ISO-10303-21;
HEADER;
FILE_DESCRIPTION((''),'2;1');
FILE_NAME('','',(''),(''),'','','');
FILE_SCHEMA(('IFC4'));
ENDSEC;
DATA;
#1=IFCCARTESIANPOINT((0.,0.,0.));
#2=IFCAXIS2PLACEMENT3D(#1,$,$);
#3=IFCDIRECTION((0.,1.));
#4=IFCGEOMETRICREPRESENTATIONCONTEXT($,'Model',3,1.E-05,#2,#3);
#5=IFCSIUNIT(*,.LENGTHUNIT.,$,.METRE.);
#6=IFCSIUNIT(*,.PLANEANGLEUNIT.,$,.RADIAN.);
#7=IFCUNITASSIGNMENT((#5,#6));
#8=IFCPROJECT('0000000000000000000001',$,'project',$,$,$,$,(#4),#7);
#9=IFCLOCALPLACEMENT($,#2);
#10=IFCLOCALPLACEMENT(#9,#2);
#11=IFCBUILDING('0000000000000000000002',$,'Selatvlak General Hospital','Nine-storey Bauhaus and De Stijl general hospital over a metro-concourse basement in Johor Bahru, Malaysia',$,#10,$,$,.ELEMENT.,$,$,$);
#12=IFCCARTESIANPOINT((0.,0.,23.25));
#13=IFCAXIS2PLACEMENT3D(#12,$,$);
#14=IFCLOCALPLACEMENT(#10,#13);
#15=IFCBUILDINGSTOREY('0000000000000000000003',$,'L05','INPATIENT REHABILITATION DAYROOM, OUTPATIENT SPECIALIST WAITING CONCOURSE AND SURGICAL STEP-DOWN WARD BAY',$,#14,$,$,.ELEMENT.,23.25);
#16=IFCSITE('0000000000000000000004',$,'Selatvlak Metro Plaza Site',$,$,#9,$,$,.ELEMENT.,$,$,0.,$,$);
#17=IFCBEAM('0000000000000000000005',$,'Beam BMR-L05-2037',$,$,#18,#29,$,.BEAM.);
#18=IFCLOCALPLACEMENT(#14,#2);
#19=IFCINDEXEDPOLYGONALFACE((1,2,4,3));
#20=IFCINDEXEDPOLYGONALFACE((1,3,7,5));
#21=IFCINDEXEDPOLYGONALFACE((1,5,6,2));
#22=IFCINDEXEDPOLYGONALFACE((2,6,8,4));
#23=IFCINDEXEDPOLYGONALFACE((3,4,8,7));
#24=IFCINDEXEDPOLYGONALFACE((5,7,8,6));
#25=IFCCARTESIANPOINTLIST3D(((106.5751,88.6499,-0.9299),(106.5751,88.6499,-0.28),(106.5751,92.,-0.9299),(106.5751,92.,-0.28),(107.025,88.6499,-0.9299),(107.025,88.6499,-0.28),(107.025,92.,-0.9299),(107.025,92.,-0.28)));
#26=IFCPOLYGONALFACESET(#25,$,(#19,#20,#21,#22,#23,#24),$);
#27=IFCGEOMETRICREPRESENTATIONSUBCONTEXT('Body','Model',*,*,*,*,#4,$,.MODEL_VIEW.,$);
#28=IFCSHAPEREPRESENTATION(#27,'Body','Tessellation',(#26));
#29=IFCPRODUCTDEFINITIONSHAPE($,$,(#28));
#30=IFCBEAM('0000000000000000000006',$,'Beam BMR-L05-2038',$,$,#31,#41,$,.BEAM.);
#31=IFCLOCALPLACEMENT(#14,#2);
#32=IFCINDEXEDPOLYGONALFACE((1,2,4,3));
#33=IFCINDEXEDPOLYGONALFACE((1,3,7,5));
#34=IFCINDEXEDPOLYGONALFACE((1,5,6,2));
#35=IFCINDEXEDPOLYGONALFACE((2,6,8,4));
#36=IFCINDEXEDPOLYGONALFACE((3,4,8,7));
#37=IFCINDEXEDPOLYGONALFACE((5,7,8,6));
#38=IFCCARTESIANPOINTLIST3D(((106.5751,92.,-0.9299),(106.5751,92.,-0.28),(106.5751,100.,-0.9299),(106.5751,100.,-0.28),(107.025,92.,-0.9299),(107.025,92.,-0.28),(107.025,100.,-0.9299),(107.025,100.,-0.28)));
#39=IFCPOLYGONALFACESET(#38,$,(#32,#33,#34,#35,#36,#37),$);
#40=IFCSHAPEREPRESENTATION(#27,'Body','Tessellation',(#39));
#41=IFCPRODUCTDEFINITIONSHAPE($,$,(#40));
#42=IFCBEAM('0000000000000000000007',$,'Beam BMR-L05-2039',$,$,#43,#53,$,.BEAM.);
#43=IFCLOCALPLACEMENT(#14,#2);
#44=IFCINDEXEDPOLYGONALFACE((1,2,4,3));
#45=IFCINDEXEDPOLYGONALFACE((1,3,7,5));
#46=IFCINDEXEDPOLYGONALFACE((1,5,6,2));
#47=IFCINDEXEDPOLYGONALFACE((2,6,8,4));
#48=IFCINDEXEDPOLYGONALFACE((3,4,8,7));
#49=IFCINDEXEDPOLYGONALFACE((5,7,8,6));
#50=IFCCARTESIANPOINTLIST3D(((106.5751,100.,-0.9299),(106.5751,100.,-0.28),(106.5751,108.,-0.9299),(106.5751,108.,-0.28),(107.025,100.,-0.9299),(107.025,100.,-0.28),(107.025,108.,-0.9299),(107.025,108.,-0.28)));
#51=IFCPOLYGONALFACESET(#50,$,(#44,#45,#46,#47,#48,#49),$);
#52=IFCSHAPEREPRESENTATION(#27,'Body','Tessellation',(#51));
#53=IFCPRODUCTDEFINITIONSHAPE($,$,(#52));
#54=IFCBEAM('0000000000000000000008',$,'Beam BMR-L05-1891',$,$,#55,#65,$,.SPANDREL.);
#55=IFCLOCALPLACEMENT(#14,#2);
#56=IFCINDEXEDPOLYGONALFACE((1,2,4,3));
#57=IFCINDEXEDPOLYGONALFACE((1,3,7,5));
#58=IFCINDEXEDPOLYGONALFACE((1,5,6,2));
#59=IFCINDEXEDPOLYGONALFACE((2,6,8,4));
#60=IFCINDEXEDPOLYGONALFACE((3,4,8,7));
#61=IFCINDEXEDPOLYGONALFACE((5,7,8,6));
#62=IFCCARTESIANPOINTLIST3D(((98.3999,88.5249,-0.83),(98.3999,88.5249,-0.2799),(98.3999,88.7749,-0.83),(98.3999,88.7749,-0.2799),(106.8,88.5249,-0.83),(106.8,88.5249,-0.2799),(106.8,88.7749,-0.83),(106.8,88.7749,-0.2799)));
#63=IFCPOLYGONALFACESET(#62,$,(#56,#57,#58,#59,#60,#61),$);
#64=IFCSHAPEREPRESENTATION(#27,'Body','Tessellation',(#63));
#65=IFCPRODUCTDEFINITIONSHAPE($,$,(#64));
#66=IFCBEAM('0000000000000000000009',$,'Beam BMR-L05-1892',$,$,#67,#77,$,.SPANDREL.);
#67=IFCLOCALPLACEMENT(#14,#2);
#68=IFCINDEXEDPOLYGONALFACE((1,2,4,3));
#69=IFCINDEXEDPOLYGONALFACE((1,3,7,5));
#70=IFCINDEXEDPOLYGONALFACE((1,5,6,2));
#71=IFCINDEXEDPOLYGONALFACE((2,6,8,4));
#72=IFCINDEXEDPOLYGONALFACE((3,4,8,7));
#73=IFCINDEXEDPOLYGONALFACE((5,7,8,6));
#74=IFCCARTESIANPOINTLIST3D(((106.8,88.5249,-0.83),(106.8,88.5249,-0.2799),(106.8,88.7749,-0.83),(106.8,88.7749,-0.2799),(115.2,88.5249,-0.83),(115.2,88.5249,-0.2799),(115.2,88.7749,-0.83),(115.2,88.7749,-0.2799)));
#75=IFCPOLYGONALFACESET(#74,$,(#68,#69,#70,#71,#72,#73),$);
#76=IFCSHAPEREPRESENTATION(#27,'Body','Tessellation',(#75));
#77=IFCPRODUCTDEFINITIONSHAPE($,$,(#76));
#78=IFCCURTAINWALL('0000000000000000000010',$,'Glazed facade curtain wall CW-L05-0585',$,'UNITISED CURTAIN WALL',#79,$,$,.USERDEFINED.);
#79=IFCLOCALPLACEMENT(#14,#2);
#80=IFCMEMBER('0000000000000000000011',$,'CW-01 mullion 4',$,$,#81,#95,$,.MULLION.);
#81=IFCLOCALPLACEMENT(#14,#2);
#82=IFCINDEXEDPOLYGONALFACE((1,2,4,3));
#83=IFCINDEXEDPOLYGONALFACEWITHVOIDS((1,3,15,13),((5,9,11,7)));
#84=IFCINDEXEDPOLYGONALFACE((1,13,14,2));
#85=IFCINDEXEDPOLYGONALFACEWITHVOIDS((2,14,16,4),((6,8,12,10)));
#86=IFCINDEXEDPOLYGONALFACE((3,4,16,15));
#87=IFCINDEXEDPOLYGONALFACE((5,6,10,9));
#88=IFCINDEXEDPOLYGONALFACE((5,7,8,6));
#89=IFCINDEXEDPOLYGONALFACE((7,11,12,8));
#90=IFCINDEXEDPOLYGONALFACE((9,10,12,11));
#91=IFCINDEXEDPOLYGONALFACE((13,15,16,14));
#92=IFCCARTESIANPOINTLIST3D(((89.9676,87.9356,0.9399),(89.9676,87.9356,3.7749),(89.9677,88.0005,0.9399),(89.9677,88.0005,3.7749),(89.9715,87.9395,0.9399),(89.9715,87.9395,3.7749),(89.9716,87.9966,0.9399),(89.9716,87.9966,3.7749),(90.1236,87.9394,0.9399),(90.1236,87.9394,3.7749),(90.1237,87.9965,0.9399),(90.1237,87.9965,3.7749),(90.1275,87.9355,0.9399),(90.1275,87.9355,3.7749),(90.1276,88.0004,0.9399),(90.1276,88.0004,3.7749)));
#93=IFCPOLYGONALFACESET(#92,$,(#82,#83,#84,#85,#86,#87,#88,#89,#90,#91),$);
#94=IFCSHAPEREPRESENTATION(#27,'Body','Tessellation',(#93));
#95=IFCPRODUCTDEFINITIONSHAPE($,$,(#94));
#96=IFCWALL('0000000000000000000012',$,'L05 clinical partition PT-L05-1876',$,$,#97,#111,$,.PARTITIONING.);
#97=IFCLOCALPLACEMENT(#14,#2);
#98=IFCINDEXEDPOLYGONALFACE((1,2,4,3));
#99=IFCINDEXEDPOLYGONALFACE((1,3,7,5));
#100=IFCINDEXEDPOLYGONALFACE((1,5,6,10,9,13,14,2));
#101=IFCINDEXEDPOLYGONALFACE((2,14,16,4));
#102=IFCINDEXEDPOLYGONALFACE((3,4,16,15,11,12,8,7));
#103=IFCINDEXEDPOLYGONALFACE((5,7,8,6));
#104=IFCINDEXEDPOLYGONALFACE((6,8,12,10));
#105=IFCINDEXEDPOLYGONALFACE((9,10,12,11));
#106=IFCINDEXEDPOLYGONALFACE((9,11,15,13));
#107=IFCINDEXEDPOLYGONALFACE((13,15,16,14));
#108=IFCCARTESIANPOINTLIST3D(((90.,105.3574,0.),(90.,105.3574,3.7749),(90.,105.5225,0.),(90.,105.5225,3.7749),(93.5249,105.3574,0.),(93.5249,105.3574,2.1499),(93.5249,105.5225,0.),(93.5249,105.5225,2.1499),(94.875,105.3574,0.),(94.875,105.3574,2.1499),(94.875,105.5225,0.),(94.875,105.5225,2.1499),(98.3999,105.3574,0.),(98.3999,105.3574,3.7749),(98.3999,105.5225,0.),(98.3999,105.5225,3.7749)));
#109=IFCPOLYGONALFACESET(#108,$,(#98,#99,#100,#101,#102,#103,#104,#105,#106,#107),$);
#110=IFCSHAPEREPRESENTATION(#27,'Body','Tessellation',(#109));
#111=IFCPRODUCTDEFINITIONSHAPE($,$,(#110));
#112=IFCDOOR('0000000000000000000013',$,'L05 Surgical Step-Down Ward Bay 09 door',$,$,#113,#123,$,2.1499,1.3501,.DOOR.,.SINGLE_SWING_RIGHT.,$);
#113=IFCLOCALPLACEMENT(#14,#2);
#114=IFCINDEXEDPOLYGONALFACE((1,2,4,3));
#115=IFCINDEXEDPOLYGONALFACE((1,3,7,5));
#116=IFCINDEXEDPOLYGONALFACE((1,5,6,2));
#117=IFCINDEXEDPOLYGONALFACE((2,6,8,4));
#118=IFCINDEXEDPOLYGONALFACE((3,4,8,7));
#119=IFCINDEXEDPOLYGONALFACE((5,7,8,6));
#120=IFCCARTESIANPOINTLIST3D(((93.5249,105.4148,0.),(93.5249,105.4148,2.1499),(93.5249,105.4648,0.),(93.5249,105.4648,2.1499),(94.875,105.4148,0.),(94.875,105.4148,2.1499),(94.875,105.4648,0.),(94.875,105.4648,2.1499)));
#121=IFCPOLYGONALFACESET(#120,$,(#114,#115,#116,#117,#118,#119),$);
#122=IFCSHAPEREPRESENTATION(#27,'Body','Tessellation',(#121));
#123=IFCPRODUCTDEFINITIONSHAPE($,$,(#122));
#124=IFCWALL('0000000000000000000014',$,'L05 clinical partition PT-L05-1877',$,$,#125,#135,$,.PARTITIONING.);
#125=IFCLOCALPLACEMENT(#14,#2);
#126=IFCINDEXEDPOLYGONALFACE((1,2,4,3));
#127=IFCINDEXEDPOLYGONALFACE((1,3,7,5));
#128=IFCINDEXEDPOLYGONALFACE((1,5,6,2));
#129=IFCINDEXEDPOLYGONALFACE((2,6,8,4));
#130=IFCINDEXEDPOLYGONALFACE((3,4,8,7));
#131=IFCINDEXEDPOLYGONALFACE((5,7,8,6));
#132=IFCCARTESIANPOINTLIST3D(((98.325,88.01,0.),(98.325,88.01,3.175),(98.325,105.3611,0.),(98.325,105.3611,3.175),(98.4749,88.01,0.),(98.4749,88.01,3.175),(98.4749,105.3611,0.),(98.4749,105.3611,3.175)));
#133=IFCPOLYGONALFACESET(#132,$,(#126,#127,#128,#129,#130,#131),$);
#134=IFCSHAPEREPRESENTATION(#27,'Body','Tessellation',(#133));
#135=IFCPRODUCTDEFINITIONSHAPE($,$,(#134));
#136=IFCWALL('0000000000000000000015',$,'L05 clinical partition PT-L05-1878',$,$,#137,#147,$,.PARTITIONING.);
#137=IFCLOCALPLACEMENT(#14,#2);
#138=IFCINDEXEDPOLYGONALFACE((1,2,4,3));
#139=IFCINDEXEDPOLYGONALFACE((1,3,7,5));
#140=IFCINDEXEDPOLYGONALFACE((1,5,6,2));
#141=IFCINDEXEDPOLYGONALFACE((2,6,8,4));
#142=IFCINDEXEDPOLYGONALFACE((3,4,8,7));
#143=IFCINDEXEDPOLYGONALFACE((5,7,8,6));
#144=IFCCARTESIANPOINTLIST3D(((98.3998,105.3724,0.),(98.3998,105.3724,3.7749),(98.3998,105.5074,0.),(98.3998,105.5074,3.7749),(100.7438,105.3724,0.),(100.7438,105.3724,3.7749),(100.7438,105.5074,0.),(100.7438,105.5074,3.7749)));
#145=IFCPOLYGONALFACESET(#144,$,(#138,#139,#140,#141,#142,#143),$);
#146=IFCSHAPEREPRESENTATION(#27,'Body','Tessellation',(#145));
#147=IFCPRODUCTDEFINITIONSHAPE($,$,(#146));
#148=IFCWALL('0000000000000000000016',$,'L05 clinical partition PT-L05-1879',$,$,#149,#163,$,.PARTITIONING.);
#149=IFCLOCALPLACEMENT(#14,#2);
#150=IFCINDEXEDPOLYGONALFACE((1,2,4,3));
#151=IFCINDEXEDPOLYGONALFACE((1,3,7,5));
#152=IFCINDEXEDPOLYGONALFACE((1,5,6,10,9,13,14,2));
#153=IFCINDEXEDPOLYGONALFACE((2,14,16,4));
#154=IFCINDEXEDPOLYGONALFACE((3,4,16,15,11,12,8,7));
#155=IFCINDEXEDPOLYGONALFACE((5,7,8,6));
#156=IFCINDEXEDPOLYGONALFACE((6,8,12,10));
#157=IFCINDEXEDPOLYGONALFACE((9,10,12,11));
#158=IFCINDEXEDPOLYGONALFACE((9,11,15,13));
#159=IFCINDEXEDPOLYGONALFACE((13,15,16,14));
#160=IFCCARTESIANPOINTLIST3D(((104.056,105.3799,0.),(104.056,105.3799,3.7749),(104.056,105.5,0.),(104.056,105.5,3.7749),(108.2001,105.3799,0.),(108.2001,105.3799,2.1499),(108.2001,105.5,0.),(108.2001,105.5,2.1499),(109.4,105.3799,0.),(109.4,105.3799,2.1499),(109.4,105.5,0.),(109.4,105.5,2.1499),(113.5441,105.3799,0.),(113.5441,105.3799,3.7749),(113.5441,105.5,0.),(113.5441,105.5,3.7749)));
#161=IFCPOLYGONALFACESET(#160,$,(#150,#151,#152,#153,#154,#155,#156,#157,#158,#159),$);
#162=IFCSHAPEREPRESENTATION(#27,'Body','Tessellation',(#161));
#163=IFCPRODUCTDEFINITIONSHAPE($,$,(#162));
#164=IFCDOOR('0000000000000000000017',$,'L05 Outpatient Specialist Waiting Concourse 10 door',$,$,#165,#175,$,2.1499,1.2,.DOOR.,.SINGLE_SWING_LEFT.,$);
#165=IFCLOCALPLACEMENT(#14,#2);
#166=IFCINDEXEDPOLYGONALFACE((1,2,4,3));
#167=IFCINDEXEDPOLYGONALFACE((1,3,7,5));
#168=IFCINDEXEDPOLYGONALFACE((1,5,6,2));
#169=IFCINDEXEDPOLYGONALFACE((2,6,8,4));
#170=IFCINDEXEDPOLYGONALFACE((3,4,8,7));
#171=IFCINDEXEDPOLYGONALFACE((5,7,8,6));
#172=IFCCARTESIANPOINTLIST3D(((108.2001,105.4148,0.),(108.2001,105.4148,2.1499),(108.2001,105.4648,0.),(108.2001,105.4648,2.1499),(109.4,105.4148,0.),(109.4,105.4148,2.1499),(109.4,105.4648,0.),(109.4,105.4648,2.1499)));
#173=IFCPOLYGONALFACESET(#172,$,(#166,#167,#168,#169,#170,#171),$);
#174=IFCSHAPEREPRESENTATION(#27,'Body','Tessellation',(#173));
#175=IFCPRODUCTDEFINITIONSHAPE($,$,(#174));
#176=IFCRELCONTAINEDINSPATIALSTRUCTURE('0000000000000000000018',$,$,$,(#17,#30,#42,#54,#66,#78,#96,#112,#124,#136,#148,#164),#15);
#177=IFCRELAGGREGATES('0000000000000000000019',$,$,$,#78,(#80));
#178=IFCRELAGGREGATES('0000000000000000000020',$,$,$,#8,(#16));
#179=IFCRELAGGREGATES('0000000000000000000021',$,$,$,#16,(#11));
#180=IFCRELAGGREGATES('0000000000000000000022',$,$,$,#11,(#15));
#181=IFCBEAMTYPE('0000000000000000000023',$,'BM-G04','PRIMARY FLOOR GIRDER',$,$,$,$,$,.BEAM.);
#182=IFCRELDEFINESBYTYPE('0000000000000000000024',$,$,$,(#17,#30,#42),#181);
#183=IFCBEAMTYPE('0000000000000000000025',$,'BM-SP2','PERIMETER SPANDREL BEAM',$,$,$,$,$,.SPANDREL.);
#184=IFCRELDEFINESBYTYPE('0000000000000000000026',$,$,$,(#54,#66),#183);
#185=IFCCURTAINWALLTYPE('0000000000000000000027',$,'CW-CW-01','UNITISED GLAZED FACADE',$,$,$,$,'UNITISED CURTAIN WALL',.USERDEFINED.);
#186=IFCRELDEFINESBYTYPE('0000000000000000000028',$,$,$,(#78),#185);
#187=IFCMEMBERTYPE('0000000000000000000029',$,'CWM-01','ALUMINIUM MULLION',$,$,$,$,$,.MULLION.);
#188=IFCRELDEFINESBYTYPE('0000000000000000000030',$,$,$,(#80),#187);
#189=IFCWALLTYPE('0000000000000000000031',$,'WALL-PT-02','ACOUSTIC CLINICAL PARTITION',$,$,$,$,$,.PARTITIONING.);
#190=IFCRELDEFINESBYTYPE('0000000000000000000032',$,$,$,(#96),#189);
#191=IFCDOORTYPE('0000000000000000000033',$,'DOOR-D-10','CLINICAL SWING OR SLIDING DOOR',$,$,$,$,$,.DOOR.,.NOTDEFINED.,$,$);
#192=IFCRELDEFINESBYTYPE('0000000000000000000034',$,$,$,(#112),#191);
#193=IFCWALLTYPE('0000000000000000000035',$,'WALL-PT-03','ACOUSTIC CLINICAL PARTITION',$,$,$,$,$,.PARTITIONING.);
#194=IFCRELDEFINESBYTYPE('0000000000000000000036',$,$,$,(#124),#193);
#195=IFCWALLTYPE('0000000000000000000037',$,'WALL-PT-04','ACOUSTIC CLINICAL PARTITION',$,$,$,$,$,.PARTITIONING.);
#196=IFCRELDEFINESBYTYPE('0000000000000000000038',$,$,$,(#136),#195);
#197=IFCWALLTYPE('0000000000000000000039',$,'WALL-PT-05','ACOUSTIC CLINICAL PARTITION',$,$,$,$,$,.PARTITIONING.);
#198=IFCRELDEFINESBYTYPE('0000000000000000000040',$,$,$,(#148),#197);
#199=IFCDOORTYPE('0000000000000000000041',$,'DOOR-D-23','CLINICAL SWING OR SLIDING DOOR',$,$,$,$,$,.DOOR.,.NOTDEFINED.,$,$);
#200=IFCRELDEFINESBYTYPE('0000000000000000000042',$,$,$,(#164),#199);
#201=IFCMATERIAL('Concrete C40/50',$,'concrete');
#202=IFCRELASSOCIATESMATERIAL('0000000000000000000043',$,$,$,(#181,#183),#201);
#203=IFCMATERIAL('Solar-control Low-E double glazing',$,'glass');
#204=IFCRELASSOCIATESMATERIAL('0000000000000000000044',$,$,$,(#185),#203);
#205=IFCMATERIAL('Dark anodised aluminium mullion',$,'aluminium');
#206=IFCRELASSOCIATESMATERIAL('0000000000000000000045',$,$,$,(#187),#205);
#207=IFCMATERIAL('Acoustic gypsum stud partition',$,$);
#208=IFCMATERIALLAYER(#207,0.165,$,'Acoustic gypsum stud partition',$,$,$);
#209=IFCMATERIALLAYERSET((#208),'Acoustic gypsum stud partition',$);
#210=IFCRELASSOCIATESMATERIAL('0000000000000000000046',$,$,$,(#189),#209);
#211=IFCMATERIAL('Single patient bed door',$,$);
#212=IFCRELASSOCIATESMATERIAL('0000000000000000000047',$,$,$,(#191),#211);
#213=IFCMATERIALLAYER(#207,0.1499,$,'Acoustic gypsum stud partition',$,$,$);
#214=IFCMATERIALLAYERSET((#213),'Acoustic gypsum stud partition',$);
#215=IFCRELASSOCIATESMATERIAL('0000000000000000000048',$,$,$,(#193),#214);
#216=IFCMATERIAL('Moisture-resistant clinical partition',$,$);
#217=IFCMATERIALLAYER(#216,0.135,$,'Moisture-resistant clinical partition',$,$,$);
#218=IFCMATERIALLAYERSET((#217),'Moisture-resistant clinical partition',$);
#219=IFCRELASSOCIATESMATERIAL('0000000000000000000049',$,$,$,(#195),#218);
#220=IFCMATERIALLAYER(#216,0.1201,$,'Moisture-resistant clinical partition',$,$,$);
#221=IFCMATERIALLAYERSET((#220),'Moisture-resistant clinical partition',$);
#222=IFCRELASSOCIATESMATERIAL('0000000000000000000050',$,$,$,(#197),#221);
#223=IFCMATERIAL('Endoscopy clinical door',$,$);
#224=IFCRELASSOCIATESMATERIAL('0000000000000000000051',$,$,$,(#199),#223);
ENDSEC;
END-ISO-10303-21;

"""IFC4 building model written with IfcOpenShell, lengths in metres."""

from ifc_helpers import new_model, si_unit, direction, frame, frame_2d, origin, origin_2d, place, context, subcontext, project, spatial, rectangle, hollow_rectangle, extrude, material, layer, layer_set, material_profile, profile_set, type_object, element, fill, aggregate, save


model = new_model("IFC4")

# Units and contexts
model_context = context("Model", 3, precision=1e-05, world=origin(), true_north=direction((0.0, 1.0)))
body_context = subcontext(model_context, "Body", "Model", "MODEL_VIEW")
ifc_project = project(units=[si_unit("LENGTHUNIT", "METRE"), si_unit("PLANEANGLEUNIT", "RADIAN")], contexts=[model_context])

# Site, building, storey
site_placement = place(None, origin())
site = spatial("IfcSite", under=ifc_project, at=site_placement, Name="Selatvlak Metro Plaza Site", CompositionType="ELEMENT", RefElevation=0.0)
building_placement = place(site_placement, origin())
building = spatial("IfcBuilding", under=site, at=building_placement, Name="Selatvlak General Hospital", Description="Nine-storey Bauhaus and De Stijl general hospital over a metro-concourse basement in Johor Bahru, Malaysia", CompositionType="ELEMENT")
storey_placement = place(building_placement, frame((0.0, 0.0, 23.25)))
storey = spatial("IfcBuildingStorey", under=building, at=storey_placement, Name="L05", Description="INPATIENT REHABILITATION DAYROOM, OUTPATIENT SPECIALIST WAITING CONCOURSE AND SURGICAL STEP-DOWN WARD BAY", CompositionType="ELEMENT", Elevation=23.25)

# Shared definitions
ifc_material_1 = material(Name="Concrete C40/50", Category="concrete")

# Beams
ifc_material_profile_1 = material_profile(ifc_material_1, rectangle(XDim=0.45, YDim=0.6499, at=origin_2d()), Name="RC-BM 450x650")
ifc_profile_set_1 = profile_set([ifc_material_profile_1], Name="Concrete C40/50")
beam_type_1 = type_object("IfcBeamType", Name="BM-G04", Description="PRIMARY FLOOR GIRDER", PredefinedType="BEAM", material=ifc_profile_set_1)
beam_1_placement = place(storey_placement, frame((106.8, 88.6499, -0.605), z_axis=(0.0, 1.0, 0.0), x_axis=(-1.0, 0.0, 0.0)))
element("IfcBeam", 1, at=beam_1_placement, inside=storey, type_object=beam_type_1, Name="Beam BMR-L05-2037", PredefinedType="BEAM", context=body_context, shape_type="SweptSolid", body=[
    extrude(rectangle(XDim=0.45, YDim=0.6499, at=origin_2d()), origin(), (0.0, 0.0, 1.0), 3.3501),
])
for number, where, z_axis, x_axis, name in (
    (2, (106.8, 92.0, -0.605), (0.0, 1.0, 0.0), (-1.0, 0.0, 0.0), "Beam BMR-L05-2038"),
    (3, (106.8, 100.0, -0.605), (0.0, 1.0, 0.0), (-1.0, 0.0, 0.0), "Beam BMR-L05-2039"),
):
    element("IfcBeam", number, at=place(storey_placement, frame(where, z_axis=z_axis, x_axis=x_axis)), inside=storey, type_object=beam_type_1, Name=name, PredefinedType="BEAM", context=body_context, shape_type="SweptSolid", body=[
        extrude(rectangle(XDim=0.45, YDim=0.6499, at=origin_2d()), origin(), (0.0, 0.0, 1.0), 8.0),
    ])
ifc_material_profile_2 = material_profile(ifc_material_1, rectangle(XDim=0.25, YDim=0.55, at=origin_2d()), Name="RC-SP 250x550")
ifc_profile_set_2 = profile_set([ifc_material_profile_2], Name="Concrete C40/50")
beam_type_2 = type_object("IfcBeamType", Name="BM-SP2", Description="PERIMETER SPANDREL BEAM", PredefinedType="SPANDREL", material=ifc_profile_set_2)
beam_2_placement = place(storey_placement, frame((98.3999, 88.6499, -0.5549), z_axis=(1.0, 0.0, 0.0), x_axis=(0.0, 1.0, 0.0)))
element("IfcBeam", 4, at=beam_2_placement, inside=storey, type_object=beam_type_2, Name="Beam BMR-L05-1891", PredefinedType="SPANDREL", context=body_context, shape_type="SweptSolid", body=[
    extrude(rectangle(XDim=0.25, YDim=0.55, at=origin_2d()), origin(), (0.0, 0.0, 1.0), 8.4001),
])
beam_3_placement = place(storey_placement, frame((106.8, 88.6499, -0.5549), z_axis=(1.0, 0.0, 0.0), x_axis=(0.0, 1.0, 0.0)))
element("IfcBeam", 5, at=beam_3_placement, inside=storey, type_object=beam_type_2, Name="Beam BMR-L05-1892", PredefinedType="SPANDREL", context=body_context, shape_type="SweptSolid", body=[
    extrude(rectangle(XDim=0.25, YDim=0.55, at=origin_2d()), origin(), (0.0, 0.0, 1.0), 8.3999),
])

# Curtain wall, member
ifc_material_2 = material(Name="Solar-control Low-E double glazing", Category="glass")
curtain_wall_type = type_object("IfcCurtainWallType", Name="CW-CW-01", Description="UNITISED GLAZED FACADE", ElementType="UNITISED CURTAIN WALL", PredefinedType="USERDEFINED", material=ifc_material_2)
curtain_wall_placement = place(storey_placement, origin())
curtain_wall = element("IfcCurtainWall", 6, at=curtain_wall_placement, inside=storey, type_object=curtain_wall_type, Name="Glazed facade curtain wall CW-L05-0585", ObjectType="UNITISED CURTAIN WALL", PredefinedType="USERDEFINED")
ifc_material_3 = material(Name="Dark anodised aluminium mullion", Category="aluminium")
ifc_material_profile_3 = material_profile(ifc_material_3, hollow_rectangle(XDim=0.0649, YDim=0.1599, WallThickness=0.0039, at=origin_2d()), Name="AL-MUL 65x160x4")
ifc_profile_set_3 = profile_set([ifc_material_profile_3], Name="Dark anodised aluminium mullion")
member_type = type_object("IfcMemberType", Name="CWM-01", Description="ALUMINIUM MULLION", PredefinedType="MULLION", material=ifc_profile_set_3)
member_placement = place(storey_placement, frame((90.0476, 87.968, 0.9399), z_axis=(0.0, 0.0, 1.0), x_axis=(-0.000481, -1.0, 0.0)))
member = element("IfcMember", 7, at=member_placement, type_object=member_type, Name="CW-01 mullion 4", PredefinedType="MULLION", context=body_context, shape_type="SweptSolid", body=[
    extrude(hollow_rectangle(XDim=0.0649, YDim=0.1599, WallThickness=0.0039, at=origin_2d()), origin(), (0.0, 0.0, 1.0), 2.835),
])
aggregate(curtain_wall, [member])

# Wall, opening, door
ifc_material_4 = material(Name="Acoustic gypsum stud partition")
ifc_layer_1 = layer(ifc_material_4, 0.165, Name="Acoustic gypsum stud partition")
ifc_layer_set_1 = layer_set([ifc_layer_1], Name="Acoustic gypsum stud partition")
wall_type_1 = type_object("IfcWallType", Name="WALL-PT-02", Description="ACOUSTIC CLINICAL PARTITION", PredefinedType="PARTITIONING", material=ifc_layer_set_1)
wall_1_placement = place(storey_placement, frame((90.0, 105.4399, 0.0), z_axis=(0.0, 0.0, 1.0), x_axis=(1.0, 0.0, 0.0)))
wall_1 = element("IfcWall", 8, at=wall_1_placement, inside=storey, type_object=wall_type_1, Name="L05 clinical partition PT-L05-1876", PredefinedType="PARTITIONING", context=body_context, shape_type="SweptSolid", body=[
    extrude(rectangle(XDim=8.3999, YDim=0.165, at=frame_2d((4.2, 0.0))), origin(), (0.0, 0.0, 1.0), 3.7749),
])
opening_1_placement = place(wall_1_placement, frame((3.5249, 0.0, 0.0)))
opening_1 = element("IfcOpeningElement", 9, at=opening_1_placement, cuts=wall_1, PredefinedType="OPENING", context=body_context, shape_type="SweptSolid", body=[
    extrude(rectangle(XDim=1.3501, YDim=2.1499, at=frame_2d((0.675, 1.075))), frame((0.0, 0.0925, 0.0), z_axis=(0.0, -1.0, 0.0), x_axis=(1.0, 0.0, 0.0)), (0.0, 0.0, 1.0), 0.1851),
])
ifc_material_5 = material(Name="Single patient bed door")
door_type_1 = type_object("IfcDoorType", Name="DOOR-D-10", Description="CLINICAL SWING OR SLIDING DOOR", OperationType="NOTDEFINED", PredefinedType="DOOR", material=ifc_material_5)
door_1_placement = place(opening_1_placement, origin())
door_1 = element("IfcDoor", 10, at=door_1_placement, inside=storey, type_object=door_type_1, Name="L05 Surgical Step-Down Ward Bay 09 door", OperationType="SINGLE_SWING_RIGHT", OverallHeight=2.1499, OverallWidth=1.3501, PredefinedType="DOOR", context=body_context, shape_type="SweptSolid", body=[
    extrude(rectangle(XDim=1.3501, YDim=2.1499, at=frame_2d((0.675, 1.075))), frame((0.0, 0.0249, 0.0), z_axis=(0.0, -1.0, 0.0), x_axis=(1.0, 0.0, 0.0)), (0.0, 0.0, 1.0), 0.05),
])
fill(opening_1, door_1)

# Walls
ifc_layer_2 = layer(ifc_material_4, 0.1499, Name="Acoustic gypsum stud partition")
ifc_layer_set_2 = layer_set([ifc_layer_2], Name="Acoustic gypsum stud partition")
wall_type_2 = type_object("IfcWallType", Name="WALL-PT-03", Description="ACOUSTIC CLINICAL PARTITION", PredefinedType="PARTITIONING", material=ifc_layer_set_2)
wall_2_placement = place(storey_placement, frame((98.3999, 105.3611, 0.0), z_axis=(0.0, 0.0, 1.0), x_axis=(0.0, -1.0, 0.0)))
element("IfcWall", 11, at=wall_2_placement, inside=storey, type_object=wall_type_2, Name="L05 clinical partition PT-L05-1877", PredefinedType="PARTITIONING", context=body_context, shape_type="SweptSolid", body=[
    extrude(rectangle(XDim=17.3511, YDim=0.1499, at=frame_2d((8.6755, 0.0))), origin(), (0.0, 0.0, 1.0), 3.175),
])
ifc_material_6 = material(Name="Moisture-resistant clinical partition")
ifc_layer_3 = layer(ifc_material_6, 0.135, Name="Moisture-resistant clinical partition")
ifc_layer_set_3 = layer_set([ifc_layer_3], Name="Moisture-resistant clinical partition")
wall_type_3 = type_object("IfcWallType", Name="WALL-PT-04", Description="ACOUSTIC CLINICAL PARTITION", PredefinedType="PARTITIONING", material=ifc_layer_set_3)
wall_3_placement = place(storey_placement, frame((98.3999, 105.4399, 0.0), z_axis=(0.0, 0.0, 1.0), x_axis=(1.0, 0.0, 0.0)))
element("IfcWall", 12, at=wall_3_placement, inside=storey, type_object=wall_type_3, Name="L05 clinical partition PT-L05-1878", PredefinedType="PARTITIONING", context=body_context, shape_type="SweptSolid", body=[
    extrude(rectangle(XDim=2.344, YDim=0.135, at=frame_2d((1.1719, 0.0))), origin(), (0.0, 0.0, 1.0), 3.7749),
])

# Wall, opening, door
ifc_layer_4 = layer(ifc_material_6, 0.1201, Name="Moisture-resistant clinical partition")
ifc_layer_set_4 = layer_set([ifc_layer_4], Name="Moisture-resistant clinical partition")
wall_type_4 = type_object("IfcWallType", Name="WALL-PT-05", Description="ACOUSTIC CLINICAL PARTITION", PredefinedType="PARTITIONING", material=ifc_layer_set_4)
wall_4_placement = place(storey_placement, frame((104.0559, 105.4399, 0.0), z_axis=(0.0, 0.0, 1.0), x_axis=(1.0, 0.0, 0.0)))
wall_4 = element("IfcWall", 13, at=wall_4_placement, inside=storey, type_object=wall_type_4, Name="L05 clinical partition PT-L05-1879", PredefinedType="PARTITIONING", context=body_context, shape_type="SweptSolid", body=[
    extrude(rectangle(XDim=9.488, YDim=0.1201, at=frame_2d((4.7441, 0.0))), origin(), (0.0, 0.0, 1.0), 3.7749),
])
opening_2_placement = place(wall_4_placement, frame((4.144, 0.0, 0.0)))
opening_2 = element("IfcOpeningElement", 14, at=opening_2_placement, cuts=wall_4, PredefinedType="OPENING", context=body_context, shape_type="SweptSolid", body=[
    extrude(rectangle(XDim=1.2, YDim=2.1499, at=frame_2d((0.6001, 1.075))), frame((0.0, 0.0701, 0.0), z_axis=(0.0, -1.0, 0.0), x_axis=(1.0, 0.0, 0.0)), (0.0, 0.0, 1.0), 0.1401),
])
ifc_material_7 = material(Name="Endoscopy clinical door")
door_type_2 = type_object("IfcDoorType", Name="DOOR-D-23", Description="CLINICAL SWING OR SLIDING DOOR", OperationType="NOTDEFINED", PredefinedType="DOOR", material=ifc_material_7)
door_2_placement = place(opening_2_placement, origin())
door_2 = element("IfcDoor", 15, at=door_2_placement, inside=storey, type_object=door_type_2, Name="L05 Outpatient Specialist Waiting Concourse 10 door", OperationType="SINGLE_SWING_LEFT", OverallHeight=2.1499, OverallWidth=1.2, PredefinedType="DOOR", context=body_context, shape_type="SweptSolid", body=[
    extrude(rectangle(XDim=1.2, YDim=2.1499, at=frame_2d((0.6001, 1.075))), frame((0.0, 0.0249, 0.0), z_axis=(0.0, -1.0, 0.0), x_axis=(1.0, 0.0, 0.0)), (0.0, 0.0, 1.0), 0.05),
])
fill(opening_2, door_2)

save(model, "model.ifc")
